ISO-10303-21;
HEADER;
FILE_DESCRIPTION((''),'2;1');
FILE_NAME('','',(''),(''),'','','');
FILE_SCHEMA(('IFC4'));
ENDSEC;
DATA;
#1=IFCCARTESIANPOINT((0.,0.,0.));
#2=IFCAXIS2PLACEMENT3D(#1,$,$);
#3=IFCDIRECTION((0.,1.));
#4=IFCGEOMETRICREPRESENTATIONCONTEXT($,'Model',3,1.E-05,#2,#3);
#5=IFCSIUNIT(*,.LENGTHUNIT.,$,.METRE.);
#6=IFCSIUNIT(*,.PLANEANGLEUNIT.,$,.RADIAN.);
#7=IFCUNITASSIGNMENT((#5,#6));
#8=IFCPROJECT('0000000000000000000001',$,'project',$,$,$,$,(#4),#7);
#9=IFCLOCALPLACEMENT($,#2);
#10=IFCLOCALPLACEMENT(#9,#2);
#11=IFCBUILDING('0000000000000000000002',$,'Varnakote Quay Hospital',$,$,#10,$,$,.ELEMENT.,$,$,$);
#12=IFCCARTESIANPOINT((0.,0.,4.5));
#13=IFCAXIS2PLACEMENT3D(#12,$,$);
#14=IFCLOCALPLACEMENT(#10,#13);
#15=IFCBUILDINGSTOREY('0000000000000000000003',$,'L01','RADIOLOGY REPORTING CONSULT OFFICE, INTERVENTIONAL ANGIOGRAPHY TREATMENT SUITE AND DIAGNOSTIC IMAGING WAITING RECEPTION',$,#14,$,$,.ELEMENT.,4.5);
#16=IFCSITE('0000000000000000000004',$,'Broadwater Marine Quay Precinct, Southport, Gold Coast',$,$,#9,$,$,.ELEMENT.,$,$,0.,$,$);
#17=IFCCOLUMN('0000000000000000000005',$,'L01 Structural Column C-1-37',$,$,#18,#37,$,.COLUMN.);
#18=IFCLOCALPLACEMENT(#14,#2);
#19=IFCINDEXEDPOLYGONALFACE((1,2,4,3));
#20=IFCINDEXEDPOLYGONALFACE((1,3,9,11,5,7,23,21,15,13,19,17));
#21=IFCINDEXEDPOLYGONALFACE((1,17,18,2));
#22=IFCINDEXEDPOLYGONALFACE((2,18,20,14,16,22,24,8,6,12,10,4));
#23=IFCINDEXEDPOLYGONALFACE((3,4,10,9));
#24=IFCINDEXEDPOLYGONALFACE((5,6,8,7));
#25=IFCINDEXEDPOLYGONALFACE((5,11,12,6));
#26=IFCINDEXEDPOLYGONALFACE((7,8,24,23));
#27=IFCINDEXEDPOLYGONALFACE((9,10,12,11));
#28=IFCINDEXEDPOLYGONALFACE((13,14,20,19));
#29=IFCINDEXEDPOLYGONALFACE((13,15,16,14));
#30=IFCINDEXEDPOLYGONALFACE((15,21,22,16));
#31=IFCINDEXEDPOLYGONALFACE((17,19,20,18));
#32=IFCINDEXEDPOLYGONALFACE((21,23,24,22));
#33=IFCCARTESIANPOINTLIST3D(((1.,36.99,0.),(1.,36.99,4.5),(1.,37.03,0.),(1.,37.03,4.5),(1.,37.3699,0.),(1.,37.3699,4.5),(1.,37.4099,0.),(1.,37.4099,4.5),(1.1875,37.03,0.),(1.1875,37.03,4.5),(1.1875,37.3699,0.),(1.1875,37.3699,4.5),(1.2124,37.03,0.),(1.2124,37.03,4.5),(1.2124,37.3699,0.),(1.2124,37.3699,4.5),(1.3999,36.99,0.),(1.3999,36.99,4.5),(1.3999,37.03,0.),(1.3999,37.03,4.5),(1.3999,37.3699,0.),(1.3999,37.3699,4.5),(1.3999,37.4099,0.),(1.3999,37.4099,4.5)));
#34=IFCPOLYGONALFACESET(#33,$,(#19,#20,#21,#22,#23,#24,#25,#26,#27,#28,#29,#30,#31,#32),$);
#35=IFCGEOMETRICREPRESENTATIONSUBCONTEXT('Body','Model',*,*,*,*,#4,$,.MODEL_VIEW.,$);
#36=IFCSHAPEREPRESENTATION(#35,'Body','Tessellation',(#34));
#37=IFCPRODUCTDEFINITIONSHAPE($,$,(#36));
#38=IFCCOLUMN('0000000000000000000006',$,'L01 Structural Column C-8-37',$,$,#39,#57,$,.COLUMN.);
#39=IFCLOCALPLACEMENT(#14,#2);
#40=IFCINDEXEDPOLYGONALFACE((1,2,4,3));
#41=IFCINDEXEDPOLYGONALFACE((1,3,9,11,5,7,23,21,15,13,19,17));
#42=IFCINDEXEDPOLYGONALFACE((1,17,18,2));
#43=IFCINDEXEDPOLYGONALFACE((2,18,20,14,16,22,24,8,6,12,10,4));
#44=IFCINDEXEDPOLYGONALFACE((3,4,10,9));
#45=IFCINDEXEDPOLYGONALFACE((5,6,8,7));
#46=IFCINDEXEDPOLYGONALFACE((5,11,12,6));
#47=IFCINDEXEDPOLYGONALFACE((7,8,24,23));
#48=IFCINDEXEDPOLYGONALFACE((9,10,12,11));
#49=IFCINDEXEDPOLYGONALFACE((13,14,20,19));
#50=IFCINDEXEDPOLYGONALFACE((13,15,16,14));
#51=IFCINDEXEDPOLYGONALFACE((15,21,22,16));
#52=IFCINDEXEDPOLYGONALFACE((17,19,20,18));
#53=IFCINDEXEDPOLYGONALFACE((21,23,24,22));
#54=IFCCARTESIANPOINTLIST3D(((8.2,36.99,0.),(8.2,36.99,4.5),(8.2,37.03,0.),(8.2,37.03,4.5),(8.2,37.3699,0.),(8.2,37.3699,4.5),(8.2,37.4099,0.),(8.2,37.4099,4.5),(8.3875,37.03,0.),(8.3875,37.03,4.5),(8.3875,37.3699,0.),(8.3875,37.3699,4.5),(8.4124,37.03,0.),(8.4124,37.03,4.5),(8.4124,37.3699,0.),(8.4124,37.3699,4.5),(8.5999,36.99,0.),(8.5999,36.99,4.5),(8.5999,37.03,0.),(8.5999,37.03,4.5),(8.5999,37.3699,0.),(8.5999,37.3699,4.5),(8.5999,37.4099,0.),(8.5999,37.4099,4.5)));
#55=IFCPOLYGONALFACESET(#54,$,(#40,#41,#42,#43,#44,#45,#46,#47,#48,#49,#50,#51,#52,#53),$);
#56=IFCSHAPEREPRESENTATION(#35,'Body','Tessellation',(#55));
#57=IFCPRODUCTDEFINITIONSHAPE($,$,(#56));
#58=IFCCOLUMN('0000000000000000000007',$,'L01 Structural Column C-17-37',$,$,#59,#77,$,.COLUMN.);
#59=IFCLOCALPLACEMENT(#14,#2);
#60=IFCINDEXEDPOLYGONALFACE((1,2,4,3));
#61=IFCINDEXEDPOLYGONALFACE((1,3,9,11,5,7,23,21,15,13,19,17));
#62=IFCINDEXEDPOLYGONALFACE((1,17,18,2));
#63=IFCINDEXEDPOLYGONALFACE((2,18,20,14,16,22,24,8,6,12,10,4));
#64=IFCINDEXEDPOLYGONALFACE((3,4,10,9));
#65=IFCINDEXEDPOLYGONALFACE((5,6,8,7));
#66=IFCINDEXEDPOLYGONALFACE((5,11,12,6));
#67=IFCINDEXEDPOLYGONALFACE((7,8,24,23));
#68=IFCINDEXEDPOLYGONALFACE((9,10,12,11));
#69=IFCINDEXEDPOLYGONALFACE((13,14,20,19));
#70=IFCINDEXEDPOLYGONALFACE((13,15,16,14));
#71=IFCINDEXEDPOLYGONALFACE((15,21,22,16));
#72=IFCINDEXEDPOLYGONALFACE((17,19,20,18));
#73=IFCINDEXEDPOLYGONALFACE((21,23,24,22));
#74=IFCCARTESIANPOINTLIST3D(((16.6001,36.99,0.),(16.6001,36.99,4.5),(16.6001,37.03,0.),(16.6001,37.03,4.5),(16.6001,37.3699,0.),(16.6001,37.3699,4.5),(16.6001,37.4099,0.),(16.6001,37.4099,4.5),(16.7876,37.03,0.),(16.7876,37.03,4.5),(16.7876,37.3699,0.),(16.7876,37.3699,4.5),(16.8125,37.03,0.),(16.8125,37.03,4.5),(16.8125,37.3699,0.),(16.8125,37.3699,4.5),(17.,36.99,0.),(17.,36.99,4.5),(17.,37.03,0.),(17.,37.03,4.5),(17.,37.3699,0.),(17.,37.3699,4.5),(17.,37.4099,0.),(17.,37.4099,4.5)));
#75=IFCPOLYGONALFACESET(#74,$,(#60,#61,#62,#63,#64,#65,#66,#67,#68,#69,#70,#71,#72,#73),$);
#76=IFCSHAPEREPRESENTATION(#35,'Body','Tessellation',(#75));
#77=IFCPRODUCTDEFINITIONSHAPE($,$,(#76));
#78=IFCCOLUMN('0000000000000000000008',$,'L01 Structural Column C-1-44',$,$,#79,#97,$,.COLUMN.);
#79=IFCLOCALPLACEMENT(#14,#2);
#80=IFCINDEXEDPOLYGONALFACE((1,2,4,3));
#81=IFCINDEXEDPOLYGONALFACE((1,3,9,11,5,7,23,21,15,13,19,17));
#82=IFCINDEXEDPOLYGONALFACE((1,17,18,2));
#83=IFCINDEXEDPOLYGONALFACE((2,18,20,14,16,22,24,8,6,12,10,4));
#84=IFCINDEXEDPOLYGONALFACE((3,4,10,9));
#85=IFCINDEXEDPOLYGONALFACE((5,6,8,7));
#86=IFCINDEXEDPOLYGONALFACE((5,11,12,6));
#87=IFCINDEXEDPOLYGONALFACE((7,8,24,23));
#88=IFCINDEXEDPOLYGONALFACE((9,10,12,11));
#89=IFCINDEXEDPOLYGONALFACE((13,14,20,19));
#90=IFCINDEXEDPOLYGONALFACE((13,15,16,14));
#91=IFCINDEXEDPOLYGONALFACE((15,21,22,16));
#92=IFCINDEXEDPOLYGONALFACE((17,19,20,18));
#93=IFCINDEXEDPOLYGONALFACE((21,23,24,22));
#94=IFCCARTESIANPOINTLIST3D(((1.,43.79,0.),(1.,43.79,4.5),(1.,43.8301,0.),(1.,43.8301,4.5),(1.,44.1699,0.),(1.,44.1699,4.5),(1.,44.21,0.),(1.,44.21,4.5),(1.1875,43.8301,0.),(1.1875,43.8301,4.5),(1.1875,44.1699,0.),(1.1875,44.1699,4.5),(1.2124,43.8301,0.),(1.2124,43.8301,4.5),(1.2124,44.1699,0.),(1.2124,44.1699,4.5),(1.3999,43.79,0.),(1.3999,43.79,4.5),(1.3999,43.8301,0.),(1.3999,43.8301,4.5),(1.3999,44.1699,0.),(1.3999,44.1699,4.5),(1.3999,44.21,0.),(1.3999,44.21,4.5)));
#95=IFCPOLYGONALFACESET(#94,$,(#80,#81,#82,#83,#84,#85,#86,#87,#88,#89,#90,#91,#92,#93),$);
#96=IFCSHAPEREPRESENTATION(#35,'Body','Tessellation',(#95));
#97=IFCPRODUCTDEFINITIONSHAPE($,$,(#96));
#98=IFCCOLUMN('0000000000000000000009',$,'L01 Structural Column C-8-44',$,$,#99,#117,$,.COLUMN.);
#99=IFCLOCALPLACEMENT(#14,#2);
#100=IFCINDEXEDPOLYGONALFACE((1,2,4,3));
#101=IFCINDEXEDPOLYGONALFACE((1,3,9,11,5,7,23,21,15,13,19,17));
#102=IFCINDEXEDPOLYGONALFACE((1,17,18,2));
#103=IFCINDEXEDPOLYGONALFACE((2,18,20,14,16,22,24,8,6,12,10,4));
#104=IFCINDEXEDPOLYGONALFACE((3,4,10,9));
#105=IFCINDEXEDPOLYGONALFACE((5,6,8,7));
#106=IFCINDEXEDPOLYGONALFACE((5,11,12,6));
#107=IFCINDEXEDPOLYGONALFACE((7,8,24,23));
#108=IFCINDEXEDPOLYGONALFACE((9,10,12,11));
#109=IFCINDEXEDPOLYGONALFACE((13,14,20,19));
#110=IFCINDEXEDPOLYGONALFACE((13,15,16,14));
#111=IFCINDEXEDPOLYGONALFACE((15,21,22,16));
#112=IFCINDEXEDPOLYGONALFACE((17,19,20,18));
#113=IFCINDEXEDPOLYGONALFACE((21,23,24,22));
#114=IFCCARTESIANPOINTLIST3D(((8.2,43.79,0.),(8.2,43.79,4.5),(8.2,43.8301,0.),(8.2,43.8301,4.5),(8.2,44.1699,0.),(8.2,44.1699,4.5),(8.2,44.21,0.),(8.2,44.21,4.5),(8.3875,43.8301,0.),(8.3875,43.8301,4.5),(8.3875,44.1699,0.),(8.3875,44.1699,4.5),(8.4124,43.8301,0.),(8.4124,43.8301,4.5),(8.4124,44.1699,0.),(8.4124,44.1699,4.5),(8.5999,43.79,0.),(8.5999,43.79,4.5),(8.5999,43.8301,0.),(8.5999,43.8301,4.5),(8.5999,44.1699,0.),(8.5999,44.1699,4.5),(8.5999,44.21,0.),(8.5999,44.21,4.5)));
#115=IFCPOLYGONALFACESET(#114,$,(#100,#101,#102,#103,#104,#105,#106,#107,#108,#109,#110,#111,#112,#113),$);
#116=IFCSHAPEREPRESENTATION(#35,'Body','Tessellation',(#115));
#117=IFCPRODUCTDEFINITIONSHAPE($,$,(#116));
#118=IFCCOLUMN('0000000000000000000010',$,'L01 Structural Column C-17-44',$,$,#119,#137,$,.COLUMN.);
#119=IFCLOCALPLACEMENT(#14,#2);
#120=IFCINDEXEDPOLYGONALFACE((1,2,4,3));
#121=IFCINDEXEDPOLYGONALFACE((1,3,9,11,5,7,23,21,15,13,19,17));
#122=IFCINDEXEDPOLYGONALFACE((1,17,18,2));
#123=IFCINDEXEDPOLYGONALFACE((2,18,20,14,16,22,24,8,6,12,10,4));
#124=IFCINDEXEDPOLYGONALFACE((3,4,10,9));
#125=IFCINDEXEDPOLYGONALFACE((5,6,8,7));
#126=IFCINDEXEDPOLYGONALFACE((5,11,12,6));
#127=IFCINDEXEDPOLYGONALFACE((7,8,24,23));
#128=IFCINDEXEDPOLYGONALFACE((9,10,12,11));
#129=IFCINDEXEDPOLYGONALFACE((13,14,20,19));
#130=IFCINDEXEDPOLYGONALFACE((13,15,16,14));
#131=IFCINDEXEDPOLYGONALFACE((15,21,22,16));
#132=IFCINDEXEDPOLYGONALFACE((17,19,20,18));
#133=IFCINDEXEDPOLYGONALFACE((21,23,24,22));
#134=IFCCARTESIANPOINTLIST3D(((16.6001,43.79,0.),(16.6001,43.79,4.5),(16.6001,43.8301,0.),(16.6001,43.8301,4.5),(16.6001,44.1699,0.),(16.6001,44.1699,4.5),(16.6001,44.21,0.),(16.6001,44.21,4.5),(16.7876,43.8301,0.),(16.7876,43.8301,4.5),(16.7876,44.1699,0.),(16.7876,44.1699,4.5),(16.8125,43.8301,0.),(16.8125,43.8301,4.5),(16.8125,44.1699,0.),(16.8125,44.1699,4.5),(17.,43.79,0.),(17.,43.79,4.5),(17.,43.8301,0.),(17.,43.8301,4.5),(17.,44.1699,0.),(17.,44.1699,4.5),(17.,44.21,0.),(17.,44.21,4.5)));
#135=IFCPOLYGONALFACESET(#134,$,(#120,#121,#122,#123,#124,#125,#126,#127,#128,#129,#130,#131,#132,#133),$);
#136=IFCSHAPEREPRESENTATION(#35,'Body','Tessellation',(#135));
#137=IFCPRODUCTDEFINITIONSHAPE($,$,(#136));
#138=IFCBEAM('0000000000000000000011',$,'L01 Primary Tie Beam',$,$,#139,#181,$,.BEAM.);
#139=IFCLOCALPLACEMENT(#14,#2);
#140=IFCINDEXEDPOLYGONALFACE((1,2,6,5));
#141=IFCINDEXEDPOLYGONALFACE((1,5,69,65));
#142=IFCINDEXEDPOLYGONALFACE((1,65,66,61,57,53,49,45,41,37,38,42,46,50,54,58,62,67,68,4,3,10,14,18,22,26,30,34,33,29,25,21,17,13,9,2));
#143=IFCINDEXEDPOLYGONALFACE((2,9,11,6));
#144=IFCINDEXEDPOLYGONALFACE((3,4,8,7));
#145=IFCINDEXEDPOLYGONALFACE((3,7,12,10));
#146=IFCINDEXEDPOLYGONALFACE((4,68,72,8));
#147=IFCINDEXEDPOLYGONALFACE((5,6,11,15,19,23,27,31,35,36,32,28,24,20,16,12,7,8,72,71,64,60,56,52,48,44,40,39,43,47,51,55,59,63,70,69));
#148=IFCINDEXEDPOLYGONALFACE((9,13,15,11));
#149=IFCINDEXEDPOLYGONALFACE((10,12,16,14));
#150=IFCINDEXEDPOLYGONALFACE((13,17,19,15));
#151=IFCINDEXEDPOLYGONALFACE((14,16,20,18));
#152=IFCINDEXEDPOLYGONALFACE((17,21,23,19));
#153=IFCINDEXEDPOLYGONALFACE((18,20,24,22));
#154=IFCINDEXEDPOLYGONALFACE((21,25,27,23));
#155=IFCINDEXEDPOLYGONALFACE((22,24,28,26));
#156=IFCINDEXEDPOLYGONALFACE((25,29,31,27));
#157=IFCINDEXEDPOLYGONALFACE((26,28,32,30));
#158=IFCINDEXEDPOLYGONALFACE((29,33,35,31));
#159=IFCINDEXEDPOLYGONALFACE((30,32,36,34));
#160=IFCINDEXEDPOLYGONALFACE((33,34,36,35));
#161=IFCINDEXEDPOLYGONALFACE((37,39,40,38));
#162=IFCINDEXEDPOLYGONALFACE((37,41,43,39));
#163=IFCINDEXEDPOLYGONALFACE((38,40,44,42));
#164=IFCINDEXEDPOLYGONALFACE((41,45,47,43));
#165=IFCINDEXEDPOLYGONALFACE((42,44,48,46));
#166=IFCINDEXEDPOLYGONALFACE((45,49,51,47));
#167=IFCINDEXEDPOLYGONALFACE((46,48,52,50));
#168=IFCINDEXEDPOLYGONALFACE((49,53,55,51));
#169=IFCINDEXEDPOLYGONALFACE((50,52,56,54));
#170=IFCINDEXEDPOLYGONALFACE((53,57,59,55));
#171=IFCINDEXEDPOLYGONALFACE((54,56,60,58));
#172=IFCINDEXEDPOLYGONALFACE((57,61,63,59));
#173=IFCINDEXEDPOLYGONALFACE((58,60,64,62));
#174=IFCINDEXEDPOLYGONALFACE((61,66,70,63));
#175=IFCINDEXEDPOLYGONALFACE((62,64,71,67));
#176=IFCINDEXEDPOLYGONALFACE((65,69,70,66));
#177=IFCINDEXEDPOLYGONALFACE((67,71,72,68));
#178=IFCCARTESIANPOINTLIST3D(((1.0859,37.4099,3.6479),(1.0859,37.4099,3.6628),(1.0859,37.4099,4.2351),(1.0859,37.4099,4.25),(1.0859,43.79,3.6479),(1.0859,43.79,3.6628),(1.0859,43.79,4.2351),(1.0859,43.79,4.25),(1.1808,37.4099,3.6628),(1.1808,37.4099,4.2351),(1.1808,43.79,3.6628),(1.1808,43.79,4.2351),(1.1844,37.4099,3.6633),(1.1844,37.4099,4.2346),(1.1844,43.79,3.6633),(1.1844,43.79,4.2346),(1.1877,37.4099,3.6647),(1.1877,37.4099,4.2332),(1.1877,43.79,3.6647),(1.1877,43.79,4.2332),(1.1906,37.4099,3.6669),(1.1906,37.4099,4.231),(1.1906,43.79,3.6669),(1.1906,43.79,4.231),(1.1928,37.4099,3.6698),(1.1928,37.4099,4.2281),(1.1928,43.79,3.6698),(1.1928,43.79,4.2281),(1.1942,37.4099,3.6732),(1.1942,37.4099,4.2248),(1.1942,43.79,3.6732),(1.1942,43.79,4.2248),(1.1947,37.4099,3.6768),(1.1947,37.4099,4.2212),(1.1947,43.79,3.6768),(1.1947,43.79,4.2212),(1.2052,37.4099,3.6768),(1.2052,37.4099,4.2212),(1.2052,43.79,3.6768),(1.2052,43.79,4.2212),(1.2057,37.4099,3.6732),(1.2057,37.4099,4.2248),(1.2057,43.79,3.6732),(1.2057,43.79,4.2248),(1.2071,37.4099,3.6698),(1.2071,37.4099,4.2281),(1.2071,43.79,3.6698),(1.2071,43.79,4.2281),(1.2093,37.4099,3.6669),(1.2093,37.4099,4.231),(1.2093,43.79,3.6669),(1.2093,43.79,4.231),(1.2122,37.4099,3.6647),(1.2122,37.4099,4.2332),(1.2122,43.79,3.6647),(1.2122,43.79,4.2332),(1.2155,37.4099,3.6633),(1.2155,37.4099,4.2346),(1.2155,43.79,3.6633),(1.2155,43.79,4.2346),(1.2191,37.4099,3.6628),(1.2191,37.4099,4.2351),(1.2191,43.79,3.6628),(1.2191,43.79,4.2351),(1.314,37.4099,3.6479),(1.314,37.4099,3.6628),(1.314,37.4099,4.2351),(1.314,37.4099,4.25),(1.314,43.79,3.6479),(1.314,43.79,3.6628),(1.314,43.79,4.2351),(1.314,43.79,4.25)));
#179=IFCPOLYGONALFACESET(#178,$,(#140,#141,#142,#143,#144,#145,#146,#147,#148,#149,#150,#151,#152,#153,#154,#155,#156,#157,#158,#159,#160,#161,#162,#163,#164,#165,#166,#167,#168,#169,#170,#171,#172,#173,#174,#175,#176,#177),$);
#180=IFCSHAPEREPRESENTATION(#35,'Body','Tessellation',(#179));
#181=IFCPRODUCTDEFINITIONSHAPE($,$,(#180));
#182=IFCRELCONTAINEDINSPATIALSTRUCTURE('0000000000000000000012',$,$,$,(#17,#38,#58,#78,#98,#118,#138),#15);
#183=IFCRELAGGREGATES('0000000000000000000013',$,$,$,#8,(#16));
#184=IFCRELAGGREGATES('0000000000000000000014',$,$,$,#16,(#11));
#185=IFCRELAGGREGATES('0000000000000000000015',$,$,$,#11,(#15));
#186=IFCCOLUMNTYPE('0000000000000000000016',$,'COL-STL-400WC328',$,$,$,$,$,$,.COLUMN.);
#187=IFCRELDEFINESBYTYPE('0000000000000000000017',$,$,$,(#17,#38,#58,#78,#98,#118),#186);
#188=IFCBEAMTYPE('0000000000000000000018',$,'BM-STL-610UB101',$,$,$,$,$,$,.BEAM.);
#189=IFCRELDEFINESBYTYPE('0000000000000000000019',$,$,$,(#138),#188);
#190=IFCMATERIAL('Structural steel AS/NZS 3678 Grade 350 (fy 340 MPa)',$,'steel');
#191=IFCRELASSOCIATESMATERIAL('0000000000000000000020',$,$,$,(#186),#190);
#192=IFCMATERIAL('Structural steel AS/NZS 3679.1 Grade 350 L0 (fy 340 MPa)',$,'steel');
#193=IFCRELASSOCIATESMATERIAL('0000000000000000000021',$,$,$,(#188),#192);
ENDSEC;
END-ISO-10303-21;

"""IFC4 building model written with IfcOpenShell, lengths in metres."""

from ifc_helpers import new_model, si_unit, direction, frame, origin, origin_2d, place, context, subcontext, project, spatial, i_section, extrude, material, material_profile, profile_set, type_object, element, save


model = new_model("IFC4")

# Units and contexts
model_context = context("Model", 3, precision=1e-05, world=origin(), true_north=direction((0.0, 1.0)))
body_context = subcontext(model_context, "Body", "Model", "MODEL_VIEW")
ifc_project = project(units=[si_unit("LENGTHUNIT", "METRE"), si_unit("PLANEANGLEUNIT", "RADIAN")], contexts=[model_context])

# Site, building, storey
site_placement = place(None, origin())
site = spatial("IfcSite", under=ifc_project, at=site_placement, Name="Broadwater Marine Quay Precinct, Southport, Gold Coast", CompositionType="ELEMENT", RefElevation=0.0)
building_placement = place(site_placement, origin())
building = spatial("IfcBuilding", under=site, at=building_placement, Name="Varnakote Quay Hospital", CompositionType="ELEMENT")
storey_placement = place(building_placement, frame((0.0, 0.0, 4.5)))
storey = spatial("IfcBuildingStorey", under=building, at=storey_placement, Name="L01", Description="RADIOLOGY REPORTING CONSULT OFFICE, INTERVENTIONAL ANGIOGRAPHY TREATMENT SUITE AND DIAGNOSTIC IMAGING WAITING RECEPTION", CompositionType="ELEMENT", Elevation=4.5)

# Columns
ifc_material_1 = material(Name="Structural steel AS/NZS 3678 Grade 350 (fy 340 MPa)", Category="steel")
ifc_material_profile_1 = material_profile(ifc_material_1, i_section(OverallWidth=0.3999, OverallDepth=0.4199, WebThickness=0.0249, FlangeThickness=0.04, at=origin_2d()), Name="400WC328")
ifc_profile_set_1 = profile_set([ifc_material_profile_1], Name="Structural steel AS/NZS 3678 Grade 350 (fy 340 MPa)")
column_type = type_object("IfcColumnType", Name="COL-STL-400WC328", PredefinedType="COLUMN", material=ifc_profile_set_1)
for number, where, z_axis, x_axis, name in (
    (1, (1.2, 37.2, 0.0), (0.0, 0.0, 1.0), (1.0, 0.0, 0.0), "L01 Structural Column C-1-37"),
    (2, (8.3999, 37.2, 0.0), (0.0, 0.0, 1.0), (1.0, 0.0, 0.0), "L01 Structural Column C-8-37"),
    (3, (16.8, 37.2, 0.0), (0.0, 0.0, 1.0), (1.0, 0.0, 0.0), "L01 Structural Column C-17-37"),
    (4, (1.2, 44.0, 0.0), (0.0, 0.0, 1.0), (1.0, 0.0, 0.0), "L01 Structural Column C-1-44"),
    (5, (8.3999, 44.0, 0.0), (0.0, 0.0, 1.0), (1.0, 0.0, 0.0), "L01 Structural Column C-8-44"),
    (6, (16.8, 44.0, 0.0), (0.0, 0.0, 1.0), (1.0, 0.0, 0.0), "L01 Structural Column C-17-44"),
):
    element("IfcColumn", number, at=place(storey_placement, frame(where, z_axis=z_axis, x_axis=x_axis)), inside=storey, type_object=column_type, Name=name, PredefinedType="COLUMN", context=body_context, shape_type="SweptSolid", body=[
        extrude(i_section(OverallWidth=0.3999, OverallDepth=0.4199, WebThickness=0.0249, FlangeThickness=0.04, at=origin_2d()), origin(), (0.0, 0.0, 1.0), 4.5),
    ])

# Beam
ifc_material_2 = material(Name="Structural steel AS/NZS 3679.1 Grade 350 L0 (fy 340 MPa)", Category="steel")
ifc_material_profile_2 = material_profile(ifc_material_2, i_section(OverallWidth=0.228, OverallDepth=0.6021, WebThickness=0.0105, FlangeThickness=0.0149, FilletRadius=0.0139, at=origin_2d()), Name="610UB101")
ifc_profile_set_2 = profile_set([ifc_material_profile_2], Name="Structural steel AS/NZS 3679.1 Grade 350 L0 (fy 340 MPa)")
beam_type_1 = type_object("IfcBeamType", Name="BM-STL-610UB101", PredefinedType="BEAM", material=ifc_profile_set_2)
for number, where, z_axis, x_axis, name in (
    (7, (1.2, 37.4099, 3.949), (0.0, 1.0, 0.0), (-1.0, 0.0, 0.0), "L01 Primary Tie Beam"),
):
    element("IfcBeam", number, at=place(storey_placement, frame(where, z_axis=z_axis, x_axis=x_axis)), inside=storey, type_object=beam_type_1, Name=name, PredefinedType="BEAM", context=body_context, shape_type="SweptSolid", body=[
        extrude(i_section(OverallWidth=0.228, OverallDepth=0.6021, WebThickness=0.0105, FlangeThickness=0.0149, FilletRadius=0.0139, at=origin_2d()), origin(), (0.0, 0.0, 1.0), 6.3801),
    ])

save(model, "model.ifc")
